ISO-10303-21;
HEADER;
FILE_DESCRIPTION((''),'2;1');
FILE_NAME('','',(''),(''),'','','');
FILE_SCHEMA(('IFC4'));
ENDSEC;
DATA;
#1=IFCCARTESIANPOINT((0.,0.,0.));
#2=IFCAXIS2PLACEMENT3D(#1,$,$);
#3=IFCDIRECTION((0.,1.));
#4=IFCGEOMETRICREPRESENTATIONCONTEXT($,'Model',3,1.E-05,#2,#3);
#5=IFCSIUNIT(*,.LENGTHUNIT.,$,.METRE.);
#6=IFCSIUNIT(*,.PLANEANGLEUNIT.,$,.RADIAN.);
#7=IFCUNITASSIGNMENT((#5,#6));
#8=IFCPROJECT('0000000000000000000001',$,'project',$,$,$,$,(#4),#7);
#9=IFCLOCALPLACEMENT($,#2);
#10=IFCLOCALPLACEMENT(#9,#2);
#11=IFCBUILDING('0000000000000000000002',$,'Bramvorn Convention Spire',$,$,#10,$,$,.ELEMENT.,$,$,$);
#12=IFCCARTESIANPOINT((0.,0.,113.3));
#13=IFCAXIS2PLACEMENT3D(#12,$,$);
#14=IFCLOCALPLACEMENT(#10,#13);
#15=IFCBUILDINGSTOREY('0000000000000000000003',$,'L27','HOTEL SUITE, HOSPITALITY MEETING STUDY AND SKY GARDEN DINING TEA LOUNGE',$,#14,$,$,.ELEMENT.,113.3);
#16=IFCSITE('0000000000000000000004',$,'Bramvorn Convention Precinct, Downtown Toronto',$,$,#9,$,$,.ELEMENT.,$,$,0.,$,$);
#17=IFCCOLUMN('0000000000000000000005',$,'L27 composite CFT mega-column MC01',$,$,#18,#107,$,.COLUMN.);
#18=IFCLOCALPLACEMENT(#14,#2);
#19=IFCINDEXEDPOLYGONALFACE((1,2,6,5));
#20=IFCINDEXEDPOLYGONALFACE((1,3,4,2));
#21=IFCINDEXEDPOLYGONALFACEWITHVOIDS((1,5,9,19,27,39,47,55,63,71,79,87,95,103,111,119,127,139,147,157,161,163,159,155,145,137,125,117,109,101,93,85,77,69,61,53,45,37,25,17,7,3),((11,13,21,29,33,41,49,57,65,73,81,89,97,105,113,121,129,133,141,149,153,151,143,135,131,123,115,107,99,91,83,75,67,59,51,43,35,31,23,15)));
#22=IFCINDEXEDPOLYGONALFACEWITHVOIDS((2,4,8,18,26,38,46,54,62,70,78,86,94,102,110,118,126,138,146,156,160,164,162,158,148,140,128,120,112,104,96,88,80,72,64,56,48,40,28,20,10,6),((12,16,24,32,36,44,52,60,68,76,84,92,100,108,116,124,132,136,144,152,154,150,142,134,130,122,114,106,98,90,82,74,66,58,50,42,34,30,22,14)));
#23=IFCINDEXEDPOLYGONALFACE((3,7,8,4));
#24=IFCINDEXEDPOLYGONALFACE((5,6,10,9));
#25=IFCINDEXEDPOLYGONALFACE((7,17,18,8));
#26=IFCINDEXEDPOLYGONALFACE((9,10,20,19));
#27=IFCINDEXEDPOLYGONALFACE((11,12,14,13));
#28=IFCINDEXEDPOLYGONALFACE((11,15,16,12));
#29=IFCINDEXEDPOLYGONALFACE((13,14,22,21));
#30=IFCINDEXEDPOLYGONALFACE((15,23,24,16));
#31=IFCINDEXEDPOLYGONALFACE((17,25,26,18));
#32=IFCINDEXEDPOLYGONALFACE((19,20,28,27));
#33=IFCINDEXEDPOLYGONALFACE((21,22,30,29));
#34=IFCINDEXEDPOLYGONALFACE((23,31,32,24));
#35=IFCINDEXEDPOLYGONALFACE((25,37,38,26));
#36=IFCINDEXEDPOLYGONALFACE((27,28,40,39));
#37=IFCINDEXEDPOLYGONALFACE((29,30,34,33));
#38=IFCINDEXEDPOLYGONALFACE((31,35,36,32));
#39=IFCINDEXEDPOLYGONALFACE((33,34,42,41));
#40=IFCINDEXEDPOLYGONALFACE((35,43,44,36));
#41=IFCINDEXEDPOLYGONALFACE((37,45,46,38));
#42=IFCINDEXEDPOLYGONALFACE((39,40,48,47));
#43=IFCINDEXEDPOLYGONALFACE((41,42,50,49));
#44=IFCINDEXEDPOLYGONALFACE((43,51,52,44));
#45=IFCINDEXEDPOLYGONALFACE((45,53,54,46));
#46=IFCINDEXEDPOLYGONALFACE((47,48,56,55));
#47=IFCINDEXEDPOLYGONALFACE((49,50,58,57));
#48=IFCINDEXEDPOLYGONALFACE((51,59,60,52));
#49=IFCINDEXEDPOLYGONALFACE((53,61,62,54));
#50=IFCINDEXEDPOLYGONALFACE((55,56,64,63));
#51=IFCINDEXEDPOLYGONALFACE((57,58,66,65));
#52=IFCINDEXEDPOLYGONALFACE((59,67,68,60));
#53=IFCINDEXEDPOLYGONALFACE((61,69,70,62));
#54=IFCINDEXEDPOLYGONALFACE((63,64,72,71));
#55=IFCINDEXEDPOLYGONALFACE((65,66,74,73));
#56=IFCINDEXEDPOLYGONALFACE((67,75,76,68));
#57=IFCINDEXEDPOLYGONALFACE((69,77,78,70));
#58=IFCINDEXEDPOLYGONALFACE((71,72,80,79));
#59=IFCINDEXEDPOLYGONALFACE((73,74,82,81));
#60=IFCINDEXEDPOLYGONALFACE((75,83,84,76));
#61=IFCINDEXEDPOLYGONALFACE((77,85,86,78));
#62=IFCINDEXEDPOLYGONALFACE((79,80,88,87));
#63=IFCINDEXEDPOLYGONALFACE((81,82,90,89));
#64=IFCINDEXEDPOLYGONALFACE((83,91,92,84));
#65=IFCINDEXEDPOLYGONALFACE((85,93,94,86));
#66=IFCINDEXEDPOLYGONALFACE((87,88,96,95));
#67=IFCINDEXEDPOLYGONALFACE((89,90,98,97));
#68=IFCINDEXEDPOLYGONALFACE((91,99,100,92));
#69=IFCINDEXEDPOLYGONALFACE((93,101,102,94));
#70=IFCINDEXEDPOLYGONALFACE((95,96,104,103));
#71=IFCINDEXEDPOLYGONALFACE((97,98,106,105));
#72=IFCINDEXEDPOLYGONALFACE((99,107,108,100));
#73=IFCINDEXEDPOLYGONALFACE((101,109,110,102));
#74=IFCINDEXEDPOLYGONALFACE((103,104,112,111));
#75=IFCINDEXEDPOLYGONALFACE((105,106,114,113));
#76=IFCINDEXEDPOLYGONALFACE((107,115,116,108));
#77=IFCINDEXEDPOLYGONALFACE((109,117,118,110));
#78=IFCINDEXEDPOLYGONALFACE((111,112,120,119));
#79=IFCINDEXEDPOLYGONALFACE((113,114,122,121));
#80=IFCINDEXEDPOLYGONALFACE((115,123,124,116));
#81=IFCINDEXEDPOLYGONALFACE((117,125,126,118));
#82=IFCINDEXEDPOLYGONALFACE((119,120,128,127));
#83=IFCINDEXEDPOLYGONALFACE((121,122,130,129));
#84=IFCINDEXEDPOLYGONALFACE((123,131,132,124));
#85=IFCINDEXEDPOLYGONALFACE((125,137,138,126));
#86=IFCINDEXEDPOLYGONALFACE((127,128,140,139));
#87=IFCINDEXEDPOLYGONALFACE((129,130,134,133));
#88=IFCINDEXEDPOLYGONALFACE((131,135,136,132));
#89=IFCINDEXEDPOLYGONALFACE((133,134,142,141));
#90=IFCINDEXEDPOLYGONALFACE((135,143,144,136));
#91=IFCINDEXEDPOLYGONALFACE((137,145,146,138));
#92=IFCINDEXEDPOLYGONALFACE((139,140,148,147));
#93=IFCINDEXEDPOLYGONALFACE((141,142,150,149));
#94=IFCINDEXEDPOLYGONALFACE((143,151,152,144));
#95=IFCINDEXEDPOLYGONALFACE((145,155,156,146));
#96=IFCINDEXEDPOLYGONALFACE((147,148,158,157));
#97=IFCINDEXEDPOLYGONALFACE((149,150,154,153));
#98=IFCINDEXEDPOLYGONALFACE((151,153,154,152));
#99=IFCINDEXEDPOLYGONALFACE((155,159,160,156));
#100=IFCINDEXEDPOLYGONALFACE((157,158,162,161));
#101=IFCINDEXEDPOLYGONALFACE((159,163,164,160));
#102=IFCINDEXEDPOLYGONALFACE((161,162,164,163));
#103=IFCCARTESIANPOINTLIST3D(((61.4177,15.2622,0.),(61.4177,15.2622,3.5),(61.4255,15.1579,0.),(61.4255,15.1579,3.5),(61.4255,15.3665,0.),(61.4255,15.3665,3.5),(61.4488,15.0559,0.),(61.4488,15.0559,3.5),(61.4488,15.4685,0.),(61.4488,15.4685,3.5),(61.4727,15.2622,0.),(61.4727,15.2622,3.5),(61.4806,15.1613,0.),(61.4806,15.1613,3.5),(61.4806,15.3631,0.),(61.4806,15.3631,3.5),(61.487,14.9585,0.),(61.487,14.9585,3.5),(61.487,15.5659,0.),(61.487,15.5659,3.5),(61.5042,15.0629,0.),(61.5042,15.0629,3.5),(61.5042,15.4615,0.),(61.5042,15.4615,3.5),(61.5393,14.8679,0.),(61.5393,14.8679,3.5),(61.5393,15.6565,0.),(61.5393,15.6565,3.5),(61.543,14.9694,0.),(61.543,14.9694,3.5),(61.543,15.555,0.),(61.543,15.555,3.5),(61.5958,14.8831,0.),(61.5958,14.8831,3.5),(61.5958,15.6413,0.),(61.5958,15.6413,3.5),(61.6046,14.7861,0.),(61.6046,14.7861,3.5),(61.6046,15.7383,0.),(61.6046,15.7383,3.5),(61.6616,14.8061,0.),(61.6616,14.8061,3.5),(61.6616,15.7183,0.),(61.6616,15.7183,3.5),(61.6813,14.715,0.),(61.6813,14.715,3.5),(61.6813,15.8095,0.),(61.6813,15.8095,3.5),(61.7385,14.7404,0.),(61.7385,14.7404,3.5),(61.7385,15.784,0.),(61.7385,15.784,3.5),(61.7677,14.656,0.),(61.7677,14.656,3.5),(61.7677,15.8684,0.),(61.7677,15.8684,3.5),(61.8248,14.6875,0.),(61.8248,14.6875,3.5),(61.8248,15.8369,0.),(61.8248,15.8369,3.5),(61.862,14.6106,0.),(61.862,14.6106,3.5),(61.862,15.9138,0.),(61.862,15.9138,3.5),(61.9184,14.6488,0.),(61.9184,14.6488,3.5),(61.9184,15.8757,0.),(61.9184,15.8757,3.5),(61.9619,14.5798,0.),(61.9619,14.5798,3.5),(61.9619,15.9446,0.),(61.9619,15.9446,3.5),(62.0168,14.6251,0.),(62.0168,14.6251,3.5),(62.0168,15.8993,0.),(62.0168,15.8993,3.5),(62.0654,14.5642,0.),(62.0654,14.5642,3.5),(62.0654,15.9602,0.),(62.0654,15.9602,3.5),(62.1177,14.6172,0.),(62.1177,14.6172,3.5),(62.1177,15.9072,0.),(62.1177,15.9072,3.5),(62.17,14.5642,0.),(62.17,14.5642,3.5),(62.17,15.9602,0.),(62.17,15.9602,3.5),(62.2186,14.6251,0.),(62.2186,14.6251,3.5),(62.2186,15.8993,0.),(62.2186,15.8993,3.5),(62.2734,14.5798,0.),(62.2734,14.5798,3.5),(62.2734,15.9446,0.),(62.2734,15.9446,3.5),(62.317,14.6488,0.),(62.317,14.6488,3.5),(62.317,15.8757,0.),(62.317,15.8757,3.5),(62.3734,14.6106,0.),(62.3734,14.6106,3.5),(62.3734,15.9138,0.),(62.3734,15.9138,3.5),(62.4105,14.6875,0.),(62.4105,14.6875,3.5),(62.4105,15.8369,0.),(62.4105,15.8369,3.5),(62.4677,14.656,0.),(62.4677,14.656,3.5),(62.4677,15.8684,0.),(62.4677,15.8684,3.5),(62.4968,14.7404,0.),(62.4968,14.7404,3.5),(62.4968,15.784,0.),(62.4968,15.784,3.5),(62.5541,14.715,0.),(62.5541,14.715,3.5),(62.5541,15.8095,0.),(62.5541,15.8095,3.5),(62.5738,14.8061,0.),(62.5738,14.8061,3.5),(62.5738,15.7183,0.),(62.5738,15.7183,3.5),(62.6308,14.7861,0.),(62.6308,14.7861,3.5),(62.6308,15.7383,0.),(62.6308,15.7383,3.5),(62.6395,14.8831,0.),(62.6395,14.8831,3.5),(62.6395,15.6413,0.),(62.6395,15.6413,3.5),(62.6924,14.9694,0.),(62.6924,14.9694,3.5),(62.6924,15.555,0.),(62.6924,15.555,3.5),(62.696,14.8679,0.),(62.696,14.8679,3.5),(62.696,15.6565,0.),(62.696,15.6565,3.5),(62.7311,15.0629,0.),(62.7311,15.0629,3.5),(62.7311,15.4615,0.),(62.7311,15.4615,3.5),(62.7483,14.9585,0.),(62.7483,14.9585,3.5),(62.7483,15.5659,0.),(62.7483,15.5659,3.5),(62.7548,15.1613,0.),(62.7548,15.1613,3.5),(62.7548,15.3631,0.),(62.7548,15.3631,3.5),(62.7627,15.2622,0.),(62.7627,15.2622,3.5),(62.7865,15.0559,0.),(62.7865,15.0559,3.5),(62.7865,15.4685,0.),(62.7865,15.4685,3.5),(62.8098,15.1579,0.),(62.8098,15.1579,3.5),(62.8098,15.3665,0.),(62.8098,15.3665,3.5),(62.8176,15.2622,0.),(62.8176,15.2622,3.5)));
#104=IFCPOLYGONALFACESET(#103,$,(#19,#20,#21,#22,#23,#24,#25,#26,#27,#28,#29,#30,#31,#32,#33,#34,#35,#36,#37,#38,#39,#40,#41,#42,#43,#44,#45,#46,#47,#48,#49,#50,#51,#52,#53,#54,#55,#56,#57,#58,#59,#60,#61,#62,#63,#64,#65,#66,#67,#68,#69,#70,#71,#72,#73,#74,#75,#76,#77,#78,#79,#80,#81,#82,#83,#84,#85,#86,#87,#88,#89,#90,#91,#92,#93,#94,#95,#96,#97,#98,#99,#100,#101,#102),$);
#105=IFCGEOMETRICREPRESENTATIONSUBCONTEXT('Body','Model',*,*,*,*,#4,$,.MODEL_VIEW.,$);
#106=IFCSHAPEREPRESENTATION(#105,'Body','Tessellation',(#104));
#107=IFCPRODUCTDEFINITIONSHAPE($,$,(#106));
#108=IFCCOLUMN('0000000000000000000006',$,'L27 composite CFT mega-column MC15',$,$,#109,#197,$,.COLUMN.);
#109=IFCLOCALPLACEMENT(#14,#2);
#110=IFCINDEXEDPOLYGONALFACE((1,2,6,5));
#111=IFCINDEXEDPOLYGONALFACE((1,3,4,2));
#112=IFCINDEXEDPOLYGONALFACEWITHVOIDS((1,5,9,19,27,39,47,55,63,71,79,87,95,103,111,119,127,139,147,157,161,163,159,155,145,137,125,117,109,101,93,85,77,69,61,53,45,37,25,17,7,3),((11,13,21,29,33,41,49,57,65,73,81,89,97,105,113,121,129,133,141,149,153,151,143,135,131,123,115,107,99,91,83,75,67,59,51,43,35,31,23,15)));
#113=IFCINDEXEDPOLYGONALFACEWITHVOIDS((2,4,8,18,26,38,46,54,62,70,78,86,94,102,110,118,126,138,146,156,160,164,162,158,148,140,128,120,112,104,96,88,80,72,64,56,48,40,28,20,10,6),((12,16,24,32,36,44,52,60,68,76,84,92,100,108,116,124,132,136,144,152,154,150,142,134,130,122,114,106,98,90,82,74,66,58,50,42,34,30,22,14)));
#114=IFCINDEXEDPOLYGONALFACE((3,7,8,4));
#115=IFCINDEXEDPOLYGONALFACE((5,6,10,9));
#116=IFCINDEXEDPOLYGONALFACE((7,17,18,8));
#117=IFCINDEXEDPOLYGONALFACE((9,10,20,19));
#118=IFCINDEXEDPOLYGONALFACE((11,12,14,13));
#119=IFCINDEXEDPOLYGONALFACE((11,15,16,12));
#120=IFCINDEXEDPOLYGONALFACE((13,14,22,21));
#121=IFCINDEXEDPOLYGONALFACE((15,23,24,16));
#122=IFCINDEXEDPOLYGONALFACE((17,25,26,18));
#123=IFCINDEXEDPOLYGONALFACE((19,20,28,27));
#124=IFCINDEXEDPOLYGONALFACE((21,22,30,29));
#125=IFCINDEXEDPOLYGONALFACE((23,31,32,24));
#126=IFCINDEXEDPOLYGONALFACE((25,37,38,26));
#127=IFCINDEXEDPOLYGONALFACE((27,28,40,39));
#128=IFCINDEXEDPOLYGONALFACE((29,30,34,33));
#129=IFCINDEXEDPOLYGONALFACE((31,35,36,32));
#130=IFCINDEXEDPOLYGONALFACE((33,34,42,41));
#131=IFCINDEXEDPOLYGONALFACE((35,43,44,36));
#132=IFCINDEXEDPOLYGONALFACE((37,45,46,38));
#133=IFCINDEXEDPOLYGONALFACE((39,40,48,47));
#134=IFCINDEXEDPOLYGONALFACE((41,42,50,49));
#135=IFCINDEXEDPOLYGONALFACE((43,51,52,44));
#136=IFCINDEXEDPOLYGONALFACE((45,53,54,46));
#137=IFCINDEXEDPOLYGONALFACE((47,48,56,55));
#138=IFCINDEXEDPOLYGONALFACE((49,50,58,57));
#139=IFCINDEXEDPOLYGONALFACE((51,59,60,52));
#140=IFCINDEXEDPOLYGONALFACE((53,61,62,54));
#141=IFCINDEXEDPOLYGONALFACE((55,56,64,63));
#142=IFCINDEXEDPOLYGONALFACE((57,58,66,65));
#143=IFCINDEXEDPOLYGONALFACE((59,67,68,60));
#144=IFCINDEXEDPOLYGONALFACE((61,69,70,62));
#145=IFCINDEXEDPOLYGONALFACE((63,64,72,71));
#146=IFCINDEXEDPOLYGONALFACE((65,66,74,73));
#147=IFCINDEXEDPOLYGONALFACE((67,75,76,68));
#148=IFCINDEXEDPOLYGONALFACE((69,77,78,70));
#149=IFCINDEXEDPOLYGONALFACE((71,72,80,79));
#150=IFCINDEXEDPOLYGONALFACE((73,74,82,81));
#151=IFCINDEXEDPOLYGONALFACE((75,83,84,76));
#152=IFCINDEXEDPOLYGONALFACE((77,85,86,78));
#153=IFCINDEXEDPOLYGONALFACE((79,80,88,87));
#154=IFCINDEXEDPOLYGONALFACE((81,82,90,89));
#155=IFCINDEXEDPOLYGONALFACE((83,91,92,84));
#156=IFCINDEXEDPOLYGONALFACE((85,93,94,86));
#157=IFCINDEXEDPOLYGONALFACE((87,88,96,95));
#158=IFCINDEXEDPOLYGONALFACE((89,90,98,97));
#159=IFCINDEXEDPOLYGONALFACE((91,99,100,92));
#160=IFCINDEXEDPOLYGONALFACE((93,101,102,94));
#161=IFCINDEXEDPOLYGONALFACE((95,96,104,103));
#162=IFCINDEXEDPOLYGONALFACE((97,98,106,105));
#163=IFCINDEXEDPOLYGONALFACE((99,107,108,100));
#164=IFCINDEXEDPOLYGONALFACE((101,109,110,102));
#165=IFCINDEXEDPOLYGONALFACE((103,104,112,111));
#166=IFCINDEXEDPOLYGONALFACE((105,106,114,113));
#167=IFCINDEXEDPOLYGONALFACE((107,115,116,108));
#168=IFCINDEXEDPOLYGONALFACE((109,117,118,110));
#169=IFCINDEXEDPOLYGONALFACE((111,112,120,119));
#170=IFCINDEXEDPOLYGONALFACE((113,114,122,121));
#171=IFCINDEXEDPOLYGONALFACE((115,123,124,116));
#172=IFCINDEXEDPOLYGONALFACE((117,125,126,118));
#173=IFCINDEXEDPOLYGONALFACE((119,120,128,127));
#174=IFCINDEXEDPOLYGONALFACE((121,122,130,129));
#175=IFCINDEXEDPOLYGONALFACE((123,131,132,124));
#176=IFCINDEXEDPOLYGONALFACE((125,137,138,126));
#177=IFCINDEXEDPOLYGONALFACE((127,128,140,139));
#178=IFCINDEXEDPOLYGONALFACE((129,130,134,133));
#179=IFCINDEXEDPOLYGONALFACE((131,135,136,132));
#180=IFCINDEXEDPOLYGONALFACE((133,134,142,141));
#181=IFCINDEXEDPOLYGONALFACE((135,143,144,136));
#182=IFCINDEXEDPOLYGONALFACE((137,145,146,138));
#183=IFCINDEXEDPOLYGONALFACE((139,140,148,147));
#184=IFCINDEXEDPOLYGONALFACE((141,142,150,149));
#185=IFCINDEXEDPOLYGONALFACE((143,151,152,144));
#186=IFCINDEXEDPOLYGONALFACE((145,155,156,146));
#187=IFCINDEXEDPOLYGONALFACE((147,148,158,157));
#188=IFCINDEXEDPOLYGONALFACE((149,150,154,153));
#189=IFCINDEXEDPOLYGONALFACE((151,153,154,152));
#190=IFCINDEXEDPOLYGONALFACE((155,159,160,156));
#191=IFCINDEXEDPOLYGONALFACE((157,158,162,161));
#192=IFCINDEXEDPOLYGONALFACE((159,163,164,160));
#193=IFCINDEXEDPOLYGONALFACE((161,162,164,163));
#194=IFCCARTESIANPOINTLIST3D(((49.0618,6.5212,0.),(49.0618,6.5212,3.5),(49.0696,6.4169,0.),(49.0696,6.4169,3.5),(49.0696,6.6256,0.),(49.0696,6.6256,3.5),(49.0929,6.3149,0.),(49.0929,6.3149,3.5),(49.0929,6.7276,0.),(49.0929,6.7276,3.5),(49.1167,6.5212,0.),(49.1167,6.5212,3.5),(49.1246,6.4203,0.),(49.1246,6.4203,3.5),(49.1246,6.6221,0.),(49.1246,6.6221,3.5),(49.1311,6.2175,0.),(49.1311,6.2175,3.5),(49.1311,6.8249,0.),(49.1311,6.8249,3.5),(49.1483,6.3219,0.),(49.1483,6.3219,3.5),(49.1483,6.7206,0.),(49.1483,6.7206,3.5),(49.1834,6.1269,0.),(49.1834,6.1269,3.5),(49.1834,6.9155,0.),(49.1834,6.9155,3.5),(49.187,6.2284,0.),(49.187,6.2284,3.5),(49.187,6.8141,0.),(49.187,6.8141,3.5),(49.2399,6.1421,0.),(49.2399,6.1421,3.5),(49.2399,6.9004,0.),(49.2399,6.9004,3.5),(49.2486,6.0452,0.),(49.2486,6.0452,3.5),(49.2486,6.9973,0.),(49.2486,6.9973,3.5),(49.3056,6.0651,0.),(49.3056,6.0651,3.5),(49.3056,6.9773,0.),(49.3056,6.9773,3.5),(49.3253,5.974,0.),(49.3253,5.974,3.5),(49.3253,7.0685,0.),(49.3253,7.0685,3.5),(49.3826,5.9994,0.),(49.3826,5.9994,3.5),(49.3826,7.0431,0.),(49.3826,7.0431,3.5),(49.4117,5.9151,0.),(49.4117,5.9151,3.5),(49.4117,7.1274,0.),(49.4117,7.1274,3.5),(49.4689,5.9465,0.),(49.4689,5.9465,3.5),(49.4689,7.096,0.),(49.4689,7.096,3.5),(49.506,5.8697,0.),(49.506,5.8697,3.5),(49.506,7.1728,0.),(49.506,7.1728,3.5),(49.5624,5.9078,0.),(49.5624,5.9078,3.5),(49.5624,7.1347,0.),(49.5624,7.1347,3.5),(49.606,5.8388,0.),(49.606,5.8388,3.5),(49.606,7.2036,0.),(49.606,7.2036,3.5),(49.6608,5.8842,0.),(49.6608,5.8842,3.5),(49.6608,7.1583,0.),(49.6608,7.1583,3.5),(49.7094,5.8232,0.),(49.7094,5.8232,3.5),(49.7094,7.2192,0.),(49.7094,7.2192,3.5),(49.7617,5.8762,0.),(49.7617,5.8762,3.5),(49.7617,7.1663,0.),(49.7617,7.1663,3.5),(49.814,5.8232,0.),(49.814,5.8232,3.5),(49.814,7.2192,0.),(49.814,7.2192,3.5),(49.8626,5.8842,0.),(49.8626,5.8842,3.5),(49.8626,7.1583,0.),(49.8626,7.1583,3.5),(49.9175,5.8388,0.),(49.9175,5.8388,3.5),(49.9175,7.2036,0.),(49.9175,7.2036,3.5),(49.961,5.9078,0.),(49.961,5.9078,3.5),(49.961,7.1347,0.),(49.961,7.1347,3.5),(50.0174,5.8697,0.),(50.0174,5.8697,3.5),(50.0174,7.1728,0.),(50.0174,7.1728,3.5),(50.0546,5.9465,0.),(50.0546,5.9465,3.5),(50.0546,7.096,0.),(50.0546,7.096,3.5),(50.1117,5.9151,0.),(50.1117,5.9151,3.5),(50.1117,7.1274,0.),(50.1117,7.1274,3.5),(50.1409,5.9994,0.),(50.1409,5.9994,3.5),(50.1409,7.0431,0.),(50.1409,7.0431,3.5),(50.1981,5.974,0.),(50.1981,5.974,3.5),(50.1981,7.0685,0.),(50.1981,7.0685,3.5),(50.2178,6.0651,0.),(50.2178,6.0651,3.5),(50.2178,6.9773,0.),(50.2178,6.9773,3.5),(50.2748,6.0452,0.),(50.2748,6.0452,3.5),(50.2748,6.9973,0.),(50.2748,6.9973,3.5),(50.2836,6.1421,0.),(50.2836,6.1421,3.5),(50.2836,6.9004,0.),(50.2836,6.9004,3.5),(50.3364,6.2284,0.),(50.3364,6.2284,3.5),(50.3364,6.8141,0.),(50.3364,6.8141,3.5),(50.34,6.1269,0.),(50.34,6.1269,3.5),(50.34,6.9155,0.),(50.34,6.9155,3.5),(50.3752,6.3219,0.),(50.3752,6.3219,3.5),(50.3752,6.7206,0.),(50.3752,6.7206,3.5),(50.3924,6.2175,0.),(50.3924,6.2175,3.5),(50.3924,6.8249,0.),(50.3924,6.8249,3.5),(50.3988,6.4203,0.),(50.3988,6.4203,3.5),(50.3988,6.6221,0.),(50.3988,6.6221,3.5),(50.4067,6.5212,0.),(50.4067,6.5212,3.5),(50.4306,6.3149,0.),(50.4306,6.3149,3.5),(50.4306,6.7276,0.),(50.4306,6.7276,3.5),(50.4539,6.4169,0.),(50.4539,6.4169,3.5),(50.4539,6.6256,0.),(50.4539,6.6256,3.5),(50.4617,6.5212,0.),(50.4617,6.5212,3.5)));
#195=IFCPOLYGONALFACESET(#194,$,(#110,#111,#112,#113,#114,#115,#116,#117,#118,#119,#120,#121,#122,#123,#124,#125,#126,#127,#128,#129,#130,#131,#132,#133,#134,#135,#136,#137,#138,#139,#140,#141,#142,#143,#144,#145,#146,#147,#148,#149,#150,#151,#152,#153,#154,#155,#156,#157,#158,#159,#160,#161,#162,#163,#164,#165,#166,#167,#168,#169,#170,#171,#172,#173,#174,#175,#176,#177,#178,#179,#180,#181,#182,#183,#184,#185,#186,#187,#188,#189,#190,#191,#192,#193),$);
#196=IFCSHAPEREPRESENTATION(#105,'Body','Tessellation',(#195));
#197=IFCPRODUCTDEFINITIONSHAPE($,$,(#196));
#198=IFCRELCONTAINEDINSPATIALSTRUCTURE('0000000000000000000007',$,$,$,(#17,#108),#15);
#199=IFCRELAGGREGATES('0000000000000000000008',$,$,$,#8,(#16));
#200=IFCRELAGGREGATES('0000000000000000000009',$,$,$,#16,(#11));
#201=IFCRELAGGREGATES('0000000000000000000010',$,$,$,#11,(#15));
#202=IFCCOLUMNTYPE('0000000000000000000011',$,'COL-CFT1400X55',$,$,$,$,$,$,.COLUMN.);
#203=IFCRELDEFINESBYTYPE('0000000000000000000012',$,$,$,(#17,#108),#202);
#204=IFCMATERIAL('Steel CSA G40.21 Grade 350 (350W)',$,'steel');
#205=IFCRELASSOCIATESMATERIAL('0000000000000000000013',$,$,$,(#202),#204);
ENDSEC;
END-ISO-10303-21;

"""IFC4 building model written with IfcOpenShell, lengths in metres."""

from ifc_helpers import new_model, si_unit, direction, frame, origin, origin_2d, place, context, subcontext, project, spatial, hollow_circle, extrude, material, material_profile, profile_set, type_object, element, save


model = new_model("IFC4")

# Units and contexts
model_context = context("Model", 3, precision=1e-05, world=origin(), true_north=direction((0.0, 1.0)))
body_context = subcontext(model_context, "Body", "Model", "MODEL_VIEW")
ifc_project = project(units=[si_unit("LENGTHUNIT", "METRE"), si_unit("PLANEANGLEUNIT", "RADIAN")], contexts=[model_context])

# Site, building, storey
site_placement = place(None, origin())
site = spatial("IfcSite", under=ifc_project, at=site_placement, Name="Bramvorn Convention Precinct, Downtown Toronto", CompositionType="ELEMENT", RefElevation=0.0)
building_placement = place(site_placement, origin())
building = spatial("IfcBuilding", under=site, at=building_placement, Name="Bramvorn Convention Spire", CompositionType="ELEMENT")
storey_placement = place(building_placement, frame((0.0, 0.0, 113.3)))
storey = spatial("IfcBuildingStorey", under=building, at=storey_placement, Name="L27", Description="HOTEL SUITE, HOSPITALITY MEETING STUDY AND SKY GARDEN DINING TEA LOUNGE", CompositionType="ELEMENT", Elevation=113.3)

# Columns
ifc_material_1 = material(Name="Steel CSA G40.21 Grade 350 (350W)", Category="steel")
ifc_material_profile_1 = material_profile(ifc_material_1, hollow_circle(Radius=0.7, WallThickness=0.0549, at=origin_2d()))
ifc_profile_set_1 = profile_set([ifc_material_profile_1], Name="Steel CSA G40.21 Grade 350 (350W) - CFT1400X55")
column_type = type_object("IfcColumnType", Name="COL-CFT1400X55", PredefinedType="COLUMN", material=ifc_profile_set_1)
for number, where, z_axis, x_axis, name in (
    (1, (62.1177, 15.2622, 0.0), (0.0, 0.0, 1.0), (1.0, 0.0, 0.0), "L27 composite CFT mega-column MC01"),
    (2, (49.7617, 6.5212, 0.0), (0.0, 0.0, 1.0), (1.0, 0.0, 0.0), "L27 composite CFT mega-column MC15"),
):
    element("IfcColumn", number, at=place(storey_placement, frame(where, z_axis=z_axis, x_axis=x_axis)), inside=storey, type_object=column_type, Name=name, PredefinedType="COLUMN", context=body_context, shape_type="SweptSolid", body=[
        extrude(hollow_circle(Radius=0.7, WallThickness=0.0549, at=origin_2d()), origin(), (0.0, 0.0, 1.0), 3.5),
    ])

save(model, "model.ifc")
